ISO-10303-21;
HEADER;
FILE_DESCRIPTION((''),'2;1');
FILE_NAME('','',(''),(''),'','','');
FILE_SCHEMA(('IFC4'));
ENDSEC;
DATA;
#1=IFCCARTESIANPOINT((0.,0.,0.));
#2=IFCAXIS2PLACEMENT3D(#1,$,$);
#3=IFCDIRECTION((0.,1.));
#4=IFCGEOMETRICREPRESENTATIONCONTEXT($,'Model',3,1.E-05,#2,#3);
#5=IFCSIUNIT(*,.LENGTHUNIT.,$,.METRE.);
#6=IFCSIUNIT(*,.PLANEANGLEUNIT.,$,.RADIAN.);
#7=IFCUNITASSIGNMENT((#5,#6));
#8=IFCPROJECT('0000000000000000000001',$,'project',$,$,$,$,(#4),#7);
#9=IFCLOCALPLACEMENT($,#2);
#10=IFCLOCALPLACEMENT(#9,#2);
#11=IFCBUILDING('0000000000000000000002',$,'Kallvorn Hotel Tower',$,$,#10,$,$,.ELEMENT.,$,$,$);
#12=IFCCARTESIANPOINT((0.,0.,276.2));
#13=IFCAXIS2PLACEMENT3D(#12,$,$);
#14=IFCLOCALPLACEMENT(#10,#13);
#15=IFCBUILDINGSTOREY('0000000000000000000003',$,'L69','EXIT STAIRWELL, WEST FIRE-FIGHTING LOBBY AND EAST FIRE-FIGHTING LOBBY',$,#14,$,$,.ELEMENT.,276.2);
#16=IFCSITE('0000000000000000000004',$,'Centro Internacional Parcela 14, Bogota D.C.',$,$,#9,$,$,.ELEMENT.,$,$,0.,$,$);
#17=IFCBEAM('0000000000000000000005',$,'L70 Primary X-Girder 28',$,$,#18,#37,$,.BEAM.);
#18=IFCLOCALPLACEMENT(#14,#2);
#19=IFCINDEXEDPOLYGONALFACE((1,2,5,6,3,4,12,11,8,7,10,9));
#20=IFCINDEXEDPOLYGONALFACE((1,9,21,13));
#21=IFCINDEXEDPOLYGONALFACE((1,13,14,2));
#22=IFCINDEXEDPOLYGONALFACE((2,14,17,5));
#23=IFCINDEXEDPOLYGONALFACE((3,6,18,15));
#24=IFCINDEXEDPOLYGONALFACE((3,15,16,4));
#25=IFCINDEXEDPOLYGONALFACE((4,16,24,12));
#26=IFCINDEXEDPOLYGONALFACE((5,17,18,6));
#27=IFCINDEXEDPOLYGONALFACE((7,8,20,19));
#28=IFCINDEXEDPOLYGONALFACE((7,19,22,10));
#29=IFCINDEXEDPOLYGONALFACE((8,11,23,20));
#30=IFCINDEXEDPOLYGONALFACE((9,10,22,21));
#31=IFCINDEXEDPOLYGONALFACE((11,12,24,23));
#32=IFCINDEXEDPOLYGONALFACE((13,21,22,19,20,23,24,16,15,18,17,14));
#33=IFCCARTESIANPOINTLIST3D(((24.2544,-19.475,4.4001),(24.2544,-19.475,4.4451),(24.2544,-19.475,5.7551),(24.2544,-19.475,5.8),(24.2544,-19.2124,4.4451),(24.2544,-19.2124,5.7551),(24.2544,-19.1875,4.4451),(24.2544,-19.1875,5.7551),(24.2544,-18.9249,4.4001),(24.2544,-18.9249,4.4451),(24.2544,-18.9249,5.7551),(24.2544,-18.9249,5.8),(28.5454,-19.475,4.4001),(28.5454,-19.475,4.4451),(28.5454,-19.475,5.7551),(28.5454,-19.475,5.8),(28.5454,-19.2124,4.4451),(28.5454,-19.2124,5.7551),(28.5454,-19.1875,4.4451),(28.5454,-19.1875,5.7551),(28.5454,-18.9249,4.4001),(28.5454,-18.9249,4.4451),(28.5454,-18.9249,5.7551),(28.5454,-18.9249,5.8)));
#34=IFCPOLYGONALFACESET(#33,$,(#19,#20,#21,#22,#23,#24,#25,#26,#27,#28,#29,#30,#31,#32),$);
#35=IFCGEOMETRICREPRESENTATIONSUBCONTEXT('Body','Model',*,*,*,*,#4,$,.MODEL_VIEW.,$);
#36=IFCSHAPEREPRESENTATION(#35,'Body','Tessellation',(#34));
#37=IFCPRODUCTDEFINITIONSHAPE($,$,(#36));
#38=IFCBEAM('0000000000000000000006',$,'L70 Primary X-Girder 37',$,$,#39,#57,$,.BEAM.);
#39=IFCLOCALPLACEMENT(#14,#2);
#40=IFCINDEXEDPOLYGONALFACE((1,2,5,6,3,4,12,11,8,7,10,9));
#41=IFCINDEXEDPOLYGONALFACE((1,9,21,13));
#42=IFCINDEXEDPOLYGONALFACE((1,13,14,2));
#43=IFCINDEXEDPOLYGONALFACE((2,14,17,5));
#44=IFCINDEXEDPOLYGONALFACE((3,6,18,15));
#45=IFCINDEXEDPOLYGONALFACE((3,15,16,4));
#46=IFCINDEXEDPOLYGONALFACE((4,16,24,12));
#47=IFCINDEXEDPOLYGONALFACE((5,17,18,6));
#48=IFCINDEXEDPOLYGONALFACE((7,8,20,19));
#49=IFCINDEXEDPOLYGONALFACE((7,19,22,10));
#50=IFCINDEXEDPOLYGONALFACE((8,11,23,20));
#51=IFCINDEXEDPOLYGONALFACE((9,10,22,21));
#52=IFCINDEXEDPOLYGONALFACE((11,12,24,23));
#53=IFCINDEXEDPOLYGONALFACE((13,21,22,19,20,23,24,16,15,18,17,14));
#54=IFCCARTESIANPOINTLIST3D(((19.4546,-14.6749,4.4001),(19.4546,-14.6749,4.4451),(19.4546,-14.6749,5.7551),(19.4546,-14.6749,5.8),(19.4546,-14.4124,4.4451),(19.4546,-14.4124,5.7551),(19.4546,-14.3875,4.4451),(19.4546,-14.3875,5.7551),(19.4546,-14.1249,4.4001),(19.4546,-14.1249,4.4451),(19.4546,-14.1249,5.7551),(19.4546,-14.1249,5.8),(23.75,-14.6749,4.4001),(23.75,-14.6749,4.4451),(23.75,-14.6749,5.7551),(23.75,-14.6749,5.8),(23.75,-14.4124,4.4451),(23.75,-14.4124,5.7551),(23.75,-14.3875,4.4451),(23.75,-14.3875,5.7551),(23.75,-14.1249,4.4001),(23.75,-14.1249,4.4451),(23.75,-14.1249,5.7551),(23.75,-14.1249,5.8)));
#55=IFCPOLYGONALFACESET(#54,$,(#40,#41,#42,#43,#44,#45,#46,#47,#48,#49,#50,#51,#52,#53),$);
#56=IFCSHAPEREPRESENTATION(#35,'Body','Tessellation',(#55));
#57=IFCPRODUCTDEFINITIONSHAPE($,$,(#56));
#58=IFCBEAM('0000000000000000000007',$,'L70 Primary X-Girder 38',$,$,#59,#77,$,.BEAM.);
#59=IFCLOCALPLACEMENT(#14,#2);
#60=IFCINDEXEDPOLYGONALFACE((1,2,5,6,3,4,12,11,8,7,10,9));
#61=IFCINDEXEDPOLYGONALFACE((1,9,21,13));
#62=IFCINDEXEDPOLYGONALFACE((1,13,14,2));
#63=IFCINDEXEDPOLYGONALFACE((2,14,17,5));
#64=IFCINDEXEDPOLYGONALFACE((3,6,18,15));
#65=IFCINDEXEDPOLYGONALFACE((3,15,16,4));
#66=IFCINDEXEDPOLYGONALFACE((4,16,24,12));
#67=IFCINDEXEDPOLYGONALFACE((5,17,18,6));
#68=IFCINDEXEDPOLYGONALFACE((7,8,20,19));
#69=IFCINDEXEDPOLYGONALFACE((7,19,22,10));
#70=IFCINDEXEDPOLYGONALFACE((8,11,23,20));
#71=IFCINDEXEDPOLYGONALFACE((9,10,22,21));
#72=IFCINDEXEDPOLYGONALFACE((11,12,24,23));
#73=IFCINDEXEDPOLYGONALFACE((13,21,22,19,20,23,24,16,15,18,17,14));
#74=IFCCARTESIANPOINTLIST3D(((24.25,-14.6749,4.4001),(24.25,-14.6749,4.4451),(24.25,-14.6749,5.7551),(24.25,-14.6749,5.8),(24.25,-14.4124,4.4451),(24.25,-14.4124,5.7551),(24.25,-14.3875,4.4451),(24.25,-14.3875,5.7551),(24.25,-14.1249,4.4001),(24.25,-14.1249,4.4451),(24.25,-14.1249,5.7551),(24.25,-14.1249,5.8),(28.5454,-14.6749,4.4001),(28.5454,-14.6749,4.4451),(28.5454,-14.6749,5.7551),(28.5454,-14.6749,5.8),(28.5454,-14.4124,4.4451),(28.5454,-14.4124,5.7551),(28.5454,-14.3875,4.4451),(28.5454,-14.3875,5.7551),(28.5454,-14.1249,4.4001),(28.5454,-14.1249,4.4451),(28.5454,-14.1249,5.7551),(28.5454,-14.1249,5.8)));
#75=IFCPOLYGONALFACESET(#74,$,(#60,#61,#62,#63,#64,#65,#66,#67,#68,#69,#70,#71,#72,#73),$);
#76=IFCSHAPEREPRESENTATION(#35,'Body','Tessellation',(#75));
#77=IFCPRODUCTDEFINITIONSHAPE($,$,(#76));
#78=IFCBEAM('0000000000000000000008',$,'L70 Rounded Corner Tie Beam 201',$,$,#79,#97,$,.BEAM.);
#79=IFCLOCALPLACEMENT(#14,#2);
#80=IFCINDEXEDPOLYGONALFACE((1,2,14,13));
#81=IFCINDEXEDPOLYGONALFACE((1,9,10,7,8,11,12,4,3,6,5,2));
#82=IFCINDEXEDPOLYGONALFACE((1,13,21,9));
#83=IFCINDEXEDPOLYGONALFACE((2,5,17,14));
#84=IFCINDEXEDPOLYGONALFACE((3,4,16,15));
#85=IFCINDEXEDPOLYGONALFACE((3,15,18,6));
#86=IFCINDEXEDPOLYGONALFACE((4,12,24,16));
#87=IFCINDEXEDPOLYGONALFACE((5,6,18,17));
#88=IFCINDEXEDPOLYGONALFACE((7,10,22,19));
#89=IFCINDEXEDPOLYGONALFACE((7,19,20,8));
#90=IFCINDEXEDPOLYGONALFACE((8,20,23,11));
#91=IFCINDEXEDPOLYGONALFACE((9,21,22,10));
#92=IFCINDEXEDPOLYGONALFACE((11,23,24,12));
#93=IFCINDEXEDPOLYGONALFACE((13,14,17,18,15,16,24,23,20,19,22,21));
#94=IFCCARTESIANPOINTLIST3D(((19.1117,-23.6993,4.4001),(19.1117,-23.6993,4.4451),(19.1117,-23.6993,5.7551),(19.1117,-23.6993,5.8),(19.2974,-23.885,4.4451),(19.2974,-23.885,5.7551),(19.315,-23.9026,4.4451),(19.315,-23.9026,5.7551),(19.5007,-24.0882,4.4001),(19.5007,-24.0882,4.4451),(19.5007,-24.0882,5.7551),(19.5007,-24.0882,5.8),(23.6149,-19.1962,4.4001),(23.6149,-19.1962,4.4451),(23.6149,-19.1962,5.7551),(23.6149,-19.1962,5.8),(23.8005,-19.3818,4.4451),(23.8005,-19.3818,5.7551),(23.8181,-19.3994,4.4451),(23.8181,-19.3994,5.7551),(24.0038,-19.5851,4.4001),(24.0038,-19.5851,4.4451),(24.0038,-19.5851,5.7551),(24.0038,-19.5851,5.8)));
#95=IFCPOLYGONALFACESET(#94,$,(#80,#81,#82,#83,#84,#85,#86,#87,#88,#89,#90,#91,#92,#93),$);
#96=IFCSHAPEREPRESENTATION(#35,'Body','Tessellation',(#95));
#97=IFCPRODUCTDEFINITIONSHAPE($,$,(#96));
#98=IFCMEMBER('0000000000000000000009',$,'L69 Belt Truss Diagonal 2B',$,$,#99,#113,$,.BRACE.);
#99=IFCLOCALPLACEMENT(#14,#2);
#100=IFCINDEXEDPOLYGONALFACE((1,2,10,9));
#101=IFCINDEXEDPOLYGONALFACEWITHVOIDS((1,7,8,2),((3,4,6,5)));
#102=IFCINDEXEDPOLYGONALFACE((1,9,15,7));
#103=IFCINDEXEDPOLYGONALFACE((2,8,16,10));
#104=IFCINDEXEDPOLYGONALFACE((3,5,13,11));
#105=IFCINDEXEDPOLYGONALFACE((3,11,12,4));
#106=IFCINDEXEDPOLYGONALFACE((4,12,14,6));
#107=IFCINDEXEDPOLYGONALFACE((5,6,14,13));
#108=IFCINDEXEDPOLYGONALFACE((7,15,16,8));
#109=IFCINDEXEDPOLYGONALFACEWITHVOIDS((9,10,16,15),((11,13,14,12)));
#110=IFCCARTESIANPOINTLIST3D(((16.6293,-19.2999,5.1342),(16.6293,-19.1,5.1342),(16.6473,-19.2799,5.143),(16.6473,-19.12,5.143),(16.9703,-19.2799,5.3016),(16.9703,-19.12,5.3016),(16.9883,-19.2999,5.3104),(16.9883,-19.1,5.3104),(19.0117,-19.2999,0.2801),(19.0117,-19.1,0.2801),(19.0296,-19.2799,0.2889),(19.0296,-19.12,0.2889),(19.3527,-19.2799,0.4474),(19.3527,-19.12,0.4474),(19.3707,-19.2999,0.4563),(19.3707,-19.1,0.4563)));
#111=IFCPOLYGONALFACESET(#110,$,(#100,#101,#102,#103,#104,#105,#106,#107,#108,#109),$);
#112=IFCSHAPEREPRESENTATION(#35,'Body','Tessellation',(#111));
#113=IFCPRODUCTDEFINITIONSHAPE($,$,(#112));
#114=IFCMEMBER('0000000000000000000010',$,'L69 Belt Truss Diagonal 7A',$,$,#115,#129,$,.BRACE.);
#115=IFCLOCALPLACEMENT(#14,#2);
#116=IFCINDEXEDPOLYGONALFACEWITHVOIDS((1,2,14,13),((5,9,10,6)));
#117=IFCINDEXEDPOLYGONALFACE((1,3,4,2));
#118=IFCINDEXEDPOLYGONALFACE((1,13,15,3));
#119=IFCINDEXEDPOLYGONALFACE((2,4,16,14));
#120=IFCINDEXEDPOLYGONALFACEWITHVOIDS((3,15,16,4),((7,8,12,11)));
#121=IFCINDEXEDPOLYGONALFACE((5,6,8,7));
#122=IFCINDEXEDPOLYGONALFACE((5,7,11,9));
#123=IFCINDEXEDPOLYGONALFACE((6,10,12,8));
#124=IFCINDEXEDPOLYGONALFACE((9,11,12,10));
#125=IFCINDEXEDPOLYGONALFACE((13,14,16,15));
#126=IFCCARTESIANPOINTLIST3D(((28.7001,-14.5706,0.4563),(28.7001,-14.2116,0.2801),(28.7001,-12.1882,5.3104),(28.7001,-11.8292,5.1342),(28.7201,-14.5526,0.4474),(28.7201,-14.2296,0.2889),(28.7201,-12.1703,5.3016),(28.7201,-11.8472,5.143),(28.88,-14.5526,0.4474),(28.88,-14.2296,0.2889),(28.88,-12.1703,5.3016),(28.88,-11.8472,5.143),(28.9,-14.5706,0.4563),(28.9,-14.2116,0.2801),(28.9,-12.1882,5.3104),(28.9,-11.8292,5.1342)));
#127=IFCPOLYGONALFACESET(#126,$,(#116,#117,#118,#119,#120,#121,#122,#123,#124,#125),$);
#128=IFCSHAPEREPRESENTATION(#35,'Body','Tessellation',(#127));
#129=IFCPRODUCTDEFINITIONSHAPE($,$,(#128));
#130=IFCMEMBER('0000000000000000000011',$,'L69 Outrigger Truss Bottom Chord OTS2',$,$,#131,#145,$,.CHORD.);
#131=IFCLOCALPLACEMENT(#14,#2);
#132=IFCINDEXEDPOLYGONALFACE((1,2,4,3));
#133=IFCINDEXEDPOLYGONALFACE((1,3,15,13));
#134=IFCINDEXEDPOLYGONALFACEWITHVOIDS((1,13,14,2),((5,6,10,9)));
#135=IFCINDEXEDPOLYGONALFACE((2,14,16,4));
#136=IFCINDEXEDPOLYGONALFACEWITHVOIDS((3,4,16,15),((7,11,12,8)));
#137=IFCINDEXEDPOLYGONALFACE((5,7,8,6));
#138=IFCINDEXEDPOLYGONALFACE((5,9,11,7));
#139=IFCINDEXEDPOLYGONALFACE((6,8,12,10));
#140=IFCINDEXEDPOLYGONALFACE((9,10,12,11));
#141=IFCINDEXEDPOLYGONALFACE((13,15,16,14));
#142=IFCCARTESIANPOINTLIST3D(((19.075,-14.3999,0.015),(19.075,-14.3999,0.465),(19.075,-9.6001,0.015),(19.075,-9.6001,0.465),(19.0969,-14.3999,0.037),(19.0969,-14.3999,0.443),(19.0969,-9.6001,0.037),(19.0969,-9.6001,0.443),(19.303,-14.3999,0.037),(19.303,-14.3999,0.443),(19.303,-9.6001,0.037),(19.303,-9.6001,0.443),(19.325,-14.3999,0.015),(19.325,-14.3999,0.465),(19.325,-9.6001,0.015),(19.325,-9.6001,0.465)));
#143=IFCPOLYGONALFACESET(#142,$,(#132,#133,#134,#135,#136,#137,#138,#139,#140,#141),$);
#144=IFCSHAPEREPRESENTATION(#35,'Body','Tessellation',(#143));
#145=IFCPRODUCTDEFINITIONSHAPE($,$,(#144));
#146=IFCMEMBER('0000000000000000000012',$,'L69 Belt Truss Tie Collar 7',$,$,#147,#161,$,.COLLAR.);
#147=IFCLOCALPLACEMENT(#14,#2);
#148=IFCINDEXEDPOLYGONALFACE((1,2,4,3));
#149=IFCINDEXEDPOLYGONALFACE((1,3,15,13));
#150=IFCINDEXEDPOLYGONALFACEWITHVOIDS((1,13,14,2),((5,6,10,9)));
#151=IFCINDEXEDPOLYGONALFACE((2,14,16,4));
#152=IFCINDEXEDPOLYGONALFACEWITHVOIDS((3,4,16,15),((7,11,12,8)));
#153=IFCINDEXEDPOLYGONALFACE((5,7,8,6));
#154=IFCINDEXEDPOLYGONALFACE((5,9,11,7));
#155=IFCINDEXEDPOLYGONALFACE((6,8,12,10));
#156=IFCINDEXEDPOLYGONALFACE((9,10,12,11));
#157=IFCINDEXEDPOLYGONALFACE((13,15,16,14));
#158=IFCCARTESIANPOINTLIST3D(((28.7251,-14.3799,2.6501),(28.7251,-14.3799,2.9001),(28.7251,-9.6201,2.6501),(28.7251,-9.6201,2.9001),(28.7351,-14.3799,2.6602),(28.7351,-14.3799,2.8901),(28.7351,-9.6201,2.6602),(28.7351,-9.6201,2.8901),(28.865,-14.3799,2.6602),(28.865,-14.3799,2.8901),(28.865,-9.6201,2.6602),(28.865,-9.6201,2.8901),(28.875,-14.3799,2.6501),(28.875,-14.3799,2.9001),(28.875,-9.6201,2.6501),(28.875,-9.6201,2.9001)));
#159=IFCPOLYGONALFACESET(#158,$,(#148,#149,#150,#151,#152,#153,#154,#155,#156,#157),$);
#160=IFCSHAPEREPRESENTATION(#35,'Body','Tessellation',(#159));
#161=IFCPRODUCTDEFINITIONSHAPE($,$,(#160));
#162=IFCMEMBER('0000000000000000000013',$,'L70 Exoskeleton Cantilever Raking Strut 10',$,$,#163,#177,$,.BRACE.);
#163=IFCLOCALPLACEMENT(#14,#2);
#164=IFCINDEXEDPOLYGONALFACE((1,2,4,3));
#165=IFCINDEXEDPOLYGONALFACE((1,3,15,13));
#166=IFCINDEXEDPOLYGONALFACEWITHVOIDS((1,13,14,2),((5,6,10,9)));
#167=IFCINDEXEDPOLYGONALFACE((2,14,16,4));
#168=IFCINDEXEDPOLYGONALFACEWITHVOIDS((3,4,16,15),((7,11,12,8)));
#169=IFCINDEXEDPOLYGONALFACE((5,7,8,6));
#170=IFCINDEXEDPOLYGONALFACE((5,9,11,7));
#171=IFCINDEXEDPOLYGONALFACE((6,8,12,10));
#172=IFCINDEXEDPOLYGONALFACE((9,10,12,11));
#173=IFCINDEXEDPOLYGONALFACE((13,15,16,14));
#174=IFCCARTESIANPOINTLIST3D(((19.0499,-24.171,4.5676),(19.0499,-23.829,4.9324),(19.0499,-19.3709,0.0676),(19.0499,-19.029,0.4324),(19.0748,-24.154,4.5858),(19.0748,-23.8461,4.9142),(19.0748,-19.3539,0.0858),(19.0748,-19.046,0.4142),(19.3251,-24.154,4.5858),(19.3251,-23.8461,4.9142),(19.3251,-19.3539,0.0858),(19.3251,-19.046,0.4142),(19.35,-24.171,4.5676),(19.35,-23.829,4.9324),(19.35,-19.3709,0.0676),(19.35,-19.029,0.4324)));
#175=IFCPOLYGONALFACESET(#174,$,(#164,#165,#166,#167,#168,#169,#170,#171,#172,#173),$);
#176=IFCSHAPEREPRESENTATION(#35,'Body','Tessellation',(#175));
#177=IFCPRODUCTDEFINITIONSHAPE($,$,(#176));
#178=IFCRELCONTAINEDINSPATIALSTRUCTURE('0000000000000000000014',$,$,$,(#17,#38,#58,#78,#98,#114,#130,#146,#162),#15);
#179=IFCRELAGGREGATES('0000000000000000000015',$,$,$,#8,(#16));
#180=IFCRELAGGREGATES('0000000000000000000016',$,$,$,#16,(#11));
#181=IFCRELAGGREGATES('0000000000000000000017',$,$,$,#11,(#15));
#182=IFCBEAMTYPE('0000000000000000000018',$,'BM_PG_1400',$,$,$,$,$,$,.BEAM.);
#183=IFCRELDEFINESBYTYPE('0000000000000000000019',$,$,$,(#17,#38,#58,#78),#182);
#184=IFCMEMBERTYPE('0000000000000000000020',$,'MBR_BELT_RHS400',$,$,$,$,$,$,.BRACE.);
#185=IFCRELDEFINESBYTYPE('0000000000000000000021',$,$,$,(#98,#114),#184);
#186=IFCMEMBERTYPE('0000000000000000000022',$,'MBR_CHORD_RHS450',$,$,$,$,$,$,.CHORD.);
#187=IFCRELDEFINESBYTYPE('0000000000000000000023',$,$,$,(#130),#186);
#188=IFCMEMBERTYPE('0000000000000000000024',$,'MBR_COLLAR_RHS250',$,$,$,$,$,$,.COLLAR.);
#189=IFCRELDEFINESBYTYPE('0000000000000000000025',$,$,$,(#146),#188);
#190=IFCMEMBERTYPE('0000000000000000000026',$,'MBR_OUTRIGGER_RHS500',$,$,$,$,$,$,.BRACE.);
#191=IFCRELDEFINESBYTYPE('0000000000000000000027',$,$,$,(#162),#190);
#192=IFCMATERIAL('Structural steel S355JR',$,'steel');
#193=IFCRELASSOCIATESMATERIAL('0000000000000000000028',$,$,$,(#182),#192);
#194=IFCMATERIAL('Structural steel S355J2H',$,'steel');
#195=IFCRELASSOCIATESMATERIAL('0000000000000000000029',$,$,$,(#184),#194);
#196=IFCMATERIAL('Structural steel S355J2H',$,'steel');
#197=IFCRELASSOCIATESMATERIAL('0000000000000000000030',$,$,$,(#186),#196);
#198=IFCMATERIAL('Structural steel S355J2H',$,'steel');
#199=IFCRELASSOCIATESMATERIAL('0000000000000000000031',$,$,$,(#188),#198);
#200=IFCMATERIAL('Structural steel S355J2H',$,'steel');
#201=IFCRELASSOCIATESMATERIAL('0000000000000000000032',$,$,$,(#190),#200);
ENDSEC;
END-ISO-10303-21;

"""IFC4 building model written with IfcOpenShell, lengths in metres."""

from ifc_helpers import new_model, si_unit, direction, frame, origin, origin_2d, place, context, subcontext, project, spatial, hollow_rectangle, i_section, extrude, material, material_profile, profile_set, type_object, element, save


model = new_model("IFC4")

# Units and contexts
model_context = context("Model", 3, precision=1e-05, world=origin(), true_north=direction((0.0, 1.0)))
body_context = subcontext(model_context, "Body", "Model", "MODEL_VIEW")
ifc_project = project(units=[si_unit("LENGTHUNIT", "METRE"), si_unit("PLANEANGLEUNIT", "RADIAN")], contexts=[model_context])

# Site, building, storey
site_placement = place(None, origin())
site = spatial("IfcSite", under=ifc_project, at=site_placement, Name="Centro Internacional Parcela 14, Bogota D.C.", CompositionType="ELEMENT", RefElevation=0.0)
building_placement = place(site_placement, origin())
building = spatial("IfcBuilding", under=site, at=building_placement, Name="Kallvorn Hotel Tower", CompositionType="ELEMENT")
storey_placement = place(building_placement, frame((0.0, 0.0, 276.2)))
storey = spatial("IfcBuildingStorey", under=building, at=storey_placement, Name="L69", Description="EXIT STAIRWELL, WEST FIRE-FIGHTING LOBBY AND EAST FIRE-FIGHTING LOBBY", CompositionType="ELEMENT", Elevation=276.2)

# Beams
ifc_material_1 = material(Name="Structural steel S355JR", Category="steel")
ifc_material_profile_1 = material_profile(ifc_material_1, i_section(OverallWidth=0.55, OverallDepth=1.3999, WebThickness=0.0249, FlangeThickness=0.0449, at=origin_2d()), Name="PG 1400x550x25x45")
ifc_profile_set_1 = profile_set([ifc_material_profile_1], Name="Structural steel S355JR")
beam_type_1 = type_object("IfcBeamType", Name="BM_PG_1400", PredefinedType="BEAM", material=ifc_profile_set_1)
for number, where, z_axis, x_axis, name in (
    (1, (24.2544, -19.2, 5.1001), (1.0, 0.0, 0.0), (0.0, 1.0, 0.0), "L70 Primary X-Girder 28"),
):
    element("IfcBeam", number, at=place(storey_placement, frame(where, z_axis=z_axis, x_axis=x_axis)), inside=storey, type_object=beam_type_1, Name=name, PredefinedType="BEAM", context=body_context, shape_type="SweptSolid", body=[
        extrude(i_section(OverallWidth=0.55, OverallDepth=1.3999, WebThickness=0.0249, FlangeThickness=0.0449, at=origin_2d()), origin(), (0.0, 0.0, 1.0), 4.291),
    ])
for number, where, z_axis, x_axis, name in (
    (2, (19.4546, -14.3999, 5.1001), (1.0, 0.0, 0.0), (0.0, 1.0, 0.0), "L70 Primary X-Girder 37"),
    (3, (24.25, -14.3999, 5.1001), (1.0, 0.0, 0.0), (0.0, 1.0, 0.0), "L70 Primary X-Girder 38"),
):
    element("IfcBeam", number, at=place(storey_placement, frame(where, z_axis=z_axis, x_axis=x_axis)), inside=storey, type_object=beam_type_1, Name=name, PredefinedType="BEAM", context=body_context, shape_type="SweptSolid", body=[
        extrude(i_section(OverallWidth=0.55, OverallDepth=1.3999, WebThickness=0.0249, FlangeThickness=0.0449, at=origin_2d()), origin(), (0.0, 0.0, 1.0), 4.2954),
    ])
beam_1_placement = place(storey_placement, frame((23.8093, -19.3906, 5.1001), z_axis=(-0.707107, -0.707107, 0.0), x_axis=(0.707107, -0.707107, 0.0)))
element("IfcBeam", 4, at=beam_1_placement, inside=storey, type_object=beam_type_1, Name="L70 Rounded Corner Tie Beam 201", PredefinedType="BEAM", context=body_context, shape_type="SweptSolid", body=[
    extrude(i_section(OverallWidth=0.55, OverallDepth=1.3999, WebThickness=0.0249, FlangeThickness=0.0449, at=origin_2d()), origin(), (0.0, 0.0, 1.0), 6.3684),
])

# Members
ifc_material_2 = material(Name="Structural steel S355J2H", Category="steel")
ifc_material_profile_2 = material_profile(ifc_material_2, hollow_rectangle(XDim=0.2, YDim=0.3999, WallThickness=0.02, at=origin_2d()), Name="RHS 400x200x20")
ifc_profile_set_2 = profile_set([ifc_material_profile_2], Name="Structural steel S355J2H")
member_type_1 = type_object("IfcMemberType", Name="MBR_BELT_RHS400", PredefinedType="BRACE", material=ifc_profile_set_2)
for number, where, z_axis, x_axis, name in (
    (5, (19.1912, -19.2, 0.3682), (-0.440591, 0.0, 0.897708), (0.0, -1.0, 0.0), "L69 Belt Truss Diagonal 2B"),
    (6, (28.8, -14.3911, 0.3682), (0.0, 0.440591, 0.897708), (-1.0, 0.0, 0.0), "L69 Belt Truss Diagonal 7A"),
):
    element("IfcMember", number, at=place(storey_placement, frame(where, z_axis=z_axis, x_axis=x_axis)), inside=storey, type_object=member_type_1, Name=name, PredefinedType="BRACE", context=body_context, shape_type="SweptSolid", body=[
        extrude(hollow_rectangle(XDim=0.2, YDim=0.3999, WallThickness=0.02, at=origin_2d()), origin(), (0.0, 0.0, 1.0), 5.4072),
    ])
ifc_material_3 = material(Name="Structural steel S355J2H", Category="steel")
ifc_material_profile_3 = material_profile(ifc_material_3, hollow_rectangle(XDim=0.25, YDim=0.45, WallThickness=0.022, at=origin_2d()), Name="RHS 450x250x22")
ifc_profile_set_3 = profile_set([ifc_material_profile_3], Name="Structural steel S355J2H")
member_type_2 = type_object("IfcMemberType", Name="MBR_CHORD_RHS450", PredefinedType="CHORD", material=ifc_profile_set_3)
member_1_placement = place(storey_placement, frame((19.2, -14.3999, 0.24), z_axis=(0.0, 1.0, 0.0), x_axis=(-1.0, 0.0, 0.0)))
element("IfcMember", 7, at=member_1_placement, inside=storey, type_object=member_type_2, Name="L69 Outrigger Truss Bottom Chord OTS2", PredefinedType="CHORD", context=body_context, shape_type="SweptSolid", body=[
    extrude(hollow_rectangle(XDim=0.25, YDim=0.45, WallThickness=0.022, at=origin_2d()), origin(), (0.0, 0.0, 1.0), 4.7998),
])
ifc_material_4 = material(Name="Structural steel S355J2H", Category="steel")
ifc_material_profile_4 = material_profile(ifc_material_4, hollow_rectangle(XDim=0.1499, YDim=0.25, WallThickness=0.01, at=origin_2d()), Name="RHS 250x150x10")
ifc_profile_set_4 = profile_set([ifc_material_profile_4], Name="Structural steel S355J2H")
member_type_3 = type_object("IfcMemberType", Name="MBR_COLLAR_RHS250", PredefinedType="COLLAR", material=ifc_profile_set_4)
member_2_placement = place(storey_placement, frame((28.8, -14.3799, 2.7751), z_axis=(0.0, 1.0, 0.0), x_axis=(-1.0, 0.0, 0.0)))
element("IfcMember", 8, at=member_2_placement, inside=storey, type_object=member_type_3, Name="L69 Belt Truss Tie Collar 7", PredefinedType="COLLAR", context=body_context, shape_type="SweptSolid", body=[
    extrude(hollow_rectangle(XDim=0.1499, YDim=0.25, WallThickness=0.01, at=origin_2d()), origin(), (0.0, 0.0, 1.0), 4.7598),
])
ifc_material_5 = material(Name="Structural steel S355J2H", Category="steel")
ifc_material_profile_5 = material_profile(ifc_material_5, hollow_rectangle(XDim=0.3, YDim=0.5, WallThickness=0.0249, at=origin_2d()), Name="RHS 500x300x25")
ifc_profile_set_5 = profile_set([ifc_material_profile_5], Name="Structural steel S355J2H")
member_type_4 = type_object("IfcMemberType", Name="MBR_OUTRIGGER_RHS500", PredefinedType="BRACE", material=ifc_profile_set_5)
member_3_placement = place(storey_placement, frame((19.2, -19.2, 0.25), z_axis=(0.0, -0.729541, 0.683937), x_axis=(1.0, 0.0, 0.0)))
element("IfcMember", 9, at=member_3_placement, inside=storey, type_object=member_type_4, Name="L70 Exoskeleton Cantilever Raking Strut 10", PredefinedType="BRACE", context=body_context, shape_type="SweptSolid", body=[
    extrude(hollow_rectangle(XDim=0.3, YDim=0.5, WallThickness=0.0249, at=origin_2d()), origin(), (0.0, 0.0, 1.0), 6.5796),
])

save(model, "model.ifc")
